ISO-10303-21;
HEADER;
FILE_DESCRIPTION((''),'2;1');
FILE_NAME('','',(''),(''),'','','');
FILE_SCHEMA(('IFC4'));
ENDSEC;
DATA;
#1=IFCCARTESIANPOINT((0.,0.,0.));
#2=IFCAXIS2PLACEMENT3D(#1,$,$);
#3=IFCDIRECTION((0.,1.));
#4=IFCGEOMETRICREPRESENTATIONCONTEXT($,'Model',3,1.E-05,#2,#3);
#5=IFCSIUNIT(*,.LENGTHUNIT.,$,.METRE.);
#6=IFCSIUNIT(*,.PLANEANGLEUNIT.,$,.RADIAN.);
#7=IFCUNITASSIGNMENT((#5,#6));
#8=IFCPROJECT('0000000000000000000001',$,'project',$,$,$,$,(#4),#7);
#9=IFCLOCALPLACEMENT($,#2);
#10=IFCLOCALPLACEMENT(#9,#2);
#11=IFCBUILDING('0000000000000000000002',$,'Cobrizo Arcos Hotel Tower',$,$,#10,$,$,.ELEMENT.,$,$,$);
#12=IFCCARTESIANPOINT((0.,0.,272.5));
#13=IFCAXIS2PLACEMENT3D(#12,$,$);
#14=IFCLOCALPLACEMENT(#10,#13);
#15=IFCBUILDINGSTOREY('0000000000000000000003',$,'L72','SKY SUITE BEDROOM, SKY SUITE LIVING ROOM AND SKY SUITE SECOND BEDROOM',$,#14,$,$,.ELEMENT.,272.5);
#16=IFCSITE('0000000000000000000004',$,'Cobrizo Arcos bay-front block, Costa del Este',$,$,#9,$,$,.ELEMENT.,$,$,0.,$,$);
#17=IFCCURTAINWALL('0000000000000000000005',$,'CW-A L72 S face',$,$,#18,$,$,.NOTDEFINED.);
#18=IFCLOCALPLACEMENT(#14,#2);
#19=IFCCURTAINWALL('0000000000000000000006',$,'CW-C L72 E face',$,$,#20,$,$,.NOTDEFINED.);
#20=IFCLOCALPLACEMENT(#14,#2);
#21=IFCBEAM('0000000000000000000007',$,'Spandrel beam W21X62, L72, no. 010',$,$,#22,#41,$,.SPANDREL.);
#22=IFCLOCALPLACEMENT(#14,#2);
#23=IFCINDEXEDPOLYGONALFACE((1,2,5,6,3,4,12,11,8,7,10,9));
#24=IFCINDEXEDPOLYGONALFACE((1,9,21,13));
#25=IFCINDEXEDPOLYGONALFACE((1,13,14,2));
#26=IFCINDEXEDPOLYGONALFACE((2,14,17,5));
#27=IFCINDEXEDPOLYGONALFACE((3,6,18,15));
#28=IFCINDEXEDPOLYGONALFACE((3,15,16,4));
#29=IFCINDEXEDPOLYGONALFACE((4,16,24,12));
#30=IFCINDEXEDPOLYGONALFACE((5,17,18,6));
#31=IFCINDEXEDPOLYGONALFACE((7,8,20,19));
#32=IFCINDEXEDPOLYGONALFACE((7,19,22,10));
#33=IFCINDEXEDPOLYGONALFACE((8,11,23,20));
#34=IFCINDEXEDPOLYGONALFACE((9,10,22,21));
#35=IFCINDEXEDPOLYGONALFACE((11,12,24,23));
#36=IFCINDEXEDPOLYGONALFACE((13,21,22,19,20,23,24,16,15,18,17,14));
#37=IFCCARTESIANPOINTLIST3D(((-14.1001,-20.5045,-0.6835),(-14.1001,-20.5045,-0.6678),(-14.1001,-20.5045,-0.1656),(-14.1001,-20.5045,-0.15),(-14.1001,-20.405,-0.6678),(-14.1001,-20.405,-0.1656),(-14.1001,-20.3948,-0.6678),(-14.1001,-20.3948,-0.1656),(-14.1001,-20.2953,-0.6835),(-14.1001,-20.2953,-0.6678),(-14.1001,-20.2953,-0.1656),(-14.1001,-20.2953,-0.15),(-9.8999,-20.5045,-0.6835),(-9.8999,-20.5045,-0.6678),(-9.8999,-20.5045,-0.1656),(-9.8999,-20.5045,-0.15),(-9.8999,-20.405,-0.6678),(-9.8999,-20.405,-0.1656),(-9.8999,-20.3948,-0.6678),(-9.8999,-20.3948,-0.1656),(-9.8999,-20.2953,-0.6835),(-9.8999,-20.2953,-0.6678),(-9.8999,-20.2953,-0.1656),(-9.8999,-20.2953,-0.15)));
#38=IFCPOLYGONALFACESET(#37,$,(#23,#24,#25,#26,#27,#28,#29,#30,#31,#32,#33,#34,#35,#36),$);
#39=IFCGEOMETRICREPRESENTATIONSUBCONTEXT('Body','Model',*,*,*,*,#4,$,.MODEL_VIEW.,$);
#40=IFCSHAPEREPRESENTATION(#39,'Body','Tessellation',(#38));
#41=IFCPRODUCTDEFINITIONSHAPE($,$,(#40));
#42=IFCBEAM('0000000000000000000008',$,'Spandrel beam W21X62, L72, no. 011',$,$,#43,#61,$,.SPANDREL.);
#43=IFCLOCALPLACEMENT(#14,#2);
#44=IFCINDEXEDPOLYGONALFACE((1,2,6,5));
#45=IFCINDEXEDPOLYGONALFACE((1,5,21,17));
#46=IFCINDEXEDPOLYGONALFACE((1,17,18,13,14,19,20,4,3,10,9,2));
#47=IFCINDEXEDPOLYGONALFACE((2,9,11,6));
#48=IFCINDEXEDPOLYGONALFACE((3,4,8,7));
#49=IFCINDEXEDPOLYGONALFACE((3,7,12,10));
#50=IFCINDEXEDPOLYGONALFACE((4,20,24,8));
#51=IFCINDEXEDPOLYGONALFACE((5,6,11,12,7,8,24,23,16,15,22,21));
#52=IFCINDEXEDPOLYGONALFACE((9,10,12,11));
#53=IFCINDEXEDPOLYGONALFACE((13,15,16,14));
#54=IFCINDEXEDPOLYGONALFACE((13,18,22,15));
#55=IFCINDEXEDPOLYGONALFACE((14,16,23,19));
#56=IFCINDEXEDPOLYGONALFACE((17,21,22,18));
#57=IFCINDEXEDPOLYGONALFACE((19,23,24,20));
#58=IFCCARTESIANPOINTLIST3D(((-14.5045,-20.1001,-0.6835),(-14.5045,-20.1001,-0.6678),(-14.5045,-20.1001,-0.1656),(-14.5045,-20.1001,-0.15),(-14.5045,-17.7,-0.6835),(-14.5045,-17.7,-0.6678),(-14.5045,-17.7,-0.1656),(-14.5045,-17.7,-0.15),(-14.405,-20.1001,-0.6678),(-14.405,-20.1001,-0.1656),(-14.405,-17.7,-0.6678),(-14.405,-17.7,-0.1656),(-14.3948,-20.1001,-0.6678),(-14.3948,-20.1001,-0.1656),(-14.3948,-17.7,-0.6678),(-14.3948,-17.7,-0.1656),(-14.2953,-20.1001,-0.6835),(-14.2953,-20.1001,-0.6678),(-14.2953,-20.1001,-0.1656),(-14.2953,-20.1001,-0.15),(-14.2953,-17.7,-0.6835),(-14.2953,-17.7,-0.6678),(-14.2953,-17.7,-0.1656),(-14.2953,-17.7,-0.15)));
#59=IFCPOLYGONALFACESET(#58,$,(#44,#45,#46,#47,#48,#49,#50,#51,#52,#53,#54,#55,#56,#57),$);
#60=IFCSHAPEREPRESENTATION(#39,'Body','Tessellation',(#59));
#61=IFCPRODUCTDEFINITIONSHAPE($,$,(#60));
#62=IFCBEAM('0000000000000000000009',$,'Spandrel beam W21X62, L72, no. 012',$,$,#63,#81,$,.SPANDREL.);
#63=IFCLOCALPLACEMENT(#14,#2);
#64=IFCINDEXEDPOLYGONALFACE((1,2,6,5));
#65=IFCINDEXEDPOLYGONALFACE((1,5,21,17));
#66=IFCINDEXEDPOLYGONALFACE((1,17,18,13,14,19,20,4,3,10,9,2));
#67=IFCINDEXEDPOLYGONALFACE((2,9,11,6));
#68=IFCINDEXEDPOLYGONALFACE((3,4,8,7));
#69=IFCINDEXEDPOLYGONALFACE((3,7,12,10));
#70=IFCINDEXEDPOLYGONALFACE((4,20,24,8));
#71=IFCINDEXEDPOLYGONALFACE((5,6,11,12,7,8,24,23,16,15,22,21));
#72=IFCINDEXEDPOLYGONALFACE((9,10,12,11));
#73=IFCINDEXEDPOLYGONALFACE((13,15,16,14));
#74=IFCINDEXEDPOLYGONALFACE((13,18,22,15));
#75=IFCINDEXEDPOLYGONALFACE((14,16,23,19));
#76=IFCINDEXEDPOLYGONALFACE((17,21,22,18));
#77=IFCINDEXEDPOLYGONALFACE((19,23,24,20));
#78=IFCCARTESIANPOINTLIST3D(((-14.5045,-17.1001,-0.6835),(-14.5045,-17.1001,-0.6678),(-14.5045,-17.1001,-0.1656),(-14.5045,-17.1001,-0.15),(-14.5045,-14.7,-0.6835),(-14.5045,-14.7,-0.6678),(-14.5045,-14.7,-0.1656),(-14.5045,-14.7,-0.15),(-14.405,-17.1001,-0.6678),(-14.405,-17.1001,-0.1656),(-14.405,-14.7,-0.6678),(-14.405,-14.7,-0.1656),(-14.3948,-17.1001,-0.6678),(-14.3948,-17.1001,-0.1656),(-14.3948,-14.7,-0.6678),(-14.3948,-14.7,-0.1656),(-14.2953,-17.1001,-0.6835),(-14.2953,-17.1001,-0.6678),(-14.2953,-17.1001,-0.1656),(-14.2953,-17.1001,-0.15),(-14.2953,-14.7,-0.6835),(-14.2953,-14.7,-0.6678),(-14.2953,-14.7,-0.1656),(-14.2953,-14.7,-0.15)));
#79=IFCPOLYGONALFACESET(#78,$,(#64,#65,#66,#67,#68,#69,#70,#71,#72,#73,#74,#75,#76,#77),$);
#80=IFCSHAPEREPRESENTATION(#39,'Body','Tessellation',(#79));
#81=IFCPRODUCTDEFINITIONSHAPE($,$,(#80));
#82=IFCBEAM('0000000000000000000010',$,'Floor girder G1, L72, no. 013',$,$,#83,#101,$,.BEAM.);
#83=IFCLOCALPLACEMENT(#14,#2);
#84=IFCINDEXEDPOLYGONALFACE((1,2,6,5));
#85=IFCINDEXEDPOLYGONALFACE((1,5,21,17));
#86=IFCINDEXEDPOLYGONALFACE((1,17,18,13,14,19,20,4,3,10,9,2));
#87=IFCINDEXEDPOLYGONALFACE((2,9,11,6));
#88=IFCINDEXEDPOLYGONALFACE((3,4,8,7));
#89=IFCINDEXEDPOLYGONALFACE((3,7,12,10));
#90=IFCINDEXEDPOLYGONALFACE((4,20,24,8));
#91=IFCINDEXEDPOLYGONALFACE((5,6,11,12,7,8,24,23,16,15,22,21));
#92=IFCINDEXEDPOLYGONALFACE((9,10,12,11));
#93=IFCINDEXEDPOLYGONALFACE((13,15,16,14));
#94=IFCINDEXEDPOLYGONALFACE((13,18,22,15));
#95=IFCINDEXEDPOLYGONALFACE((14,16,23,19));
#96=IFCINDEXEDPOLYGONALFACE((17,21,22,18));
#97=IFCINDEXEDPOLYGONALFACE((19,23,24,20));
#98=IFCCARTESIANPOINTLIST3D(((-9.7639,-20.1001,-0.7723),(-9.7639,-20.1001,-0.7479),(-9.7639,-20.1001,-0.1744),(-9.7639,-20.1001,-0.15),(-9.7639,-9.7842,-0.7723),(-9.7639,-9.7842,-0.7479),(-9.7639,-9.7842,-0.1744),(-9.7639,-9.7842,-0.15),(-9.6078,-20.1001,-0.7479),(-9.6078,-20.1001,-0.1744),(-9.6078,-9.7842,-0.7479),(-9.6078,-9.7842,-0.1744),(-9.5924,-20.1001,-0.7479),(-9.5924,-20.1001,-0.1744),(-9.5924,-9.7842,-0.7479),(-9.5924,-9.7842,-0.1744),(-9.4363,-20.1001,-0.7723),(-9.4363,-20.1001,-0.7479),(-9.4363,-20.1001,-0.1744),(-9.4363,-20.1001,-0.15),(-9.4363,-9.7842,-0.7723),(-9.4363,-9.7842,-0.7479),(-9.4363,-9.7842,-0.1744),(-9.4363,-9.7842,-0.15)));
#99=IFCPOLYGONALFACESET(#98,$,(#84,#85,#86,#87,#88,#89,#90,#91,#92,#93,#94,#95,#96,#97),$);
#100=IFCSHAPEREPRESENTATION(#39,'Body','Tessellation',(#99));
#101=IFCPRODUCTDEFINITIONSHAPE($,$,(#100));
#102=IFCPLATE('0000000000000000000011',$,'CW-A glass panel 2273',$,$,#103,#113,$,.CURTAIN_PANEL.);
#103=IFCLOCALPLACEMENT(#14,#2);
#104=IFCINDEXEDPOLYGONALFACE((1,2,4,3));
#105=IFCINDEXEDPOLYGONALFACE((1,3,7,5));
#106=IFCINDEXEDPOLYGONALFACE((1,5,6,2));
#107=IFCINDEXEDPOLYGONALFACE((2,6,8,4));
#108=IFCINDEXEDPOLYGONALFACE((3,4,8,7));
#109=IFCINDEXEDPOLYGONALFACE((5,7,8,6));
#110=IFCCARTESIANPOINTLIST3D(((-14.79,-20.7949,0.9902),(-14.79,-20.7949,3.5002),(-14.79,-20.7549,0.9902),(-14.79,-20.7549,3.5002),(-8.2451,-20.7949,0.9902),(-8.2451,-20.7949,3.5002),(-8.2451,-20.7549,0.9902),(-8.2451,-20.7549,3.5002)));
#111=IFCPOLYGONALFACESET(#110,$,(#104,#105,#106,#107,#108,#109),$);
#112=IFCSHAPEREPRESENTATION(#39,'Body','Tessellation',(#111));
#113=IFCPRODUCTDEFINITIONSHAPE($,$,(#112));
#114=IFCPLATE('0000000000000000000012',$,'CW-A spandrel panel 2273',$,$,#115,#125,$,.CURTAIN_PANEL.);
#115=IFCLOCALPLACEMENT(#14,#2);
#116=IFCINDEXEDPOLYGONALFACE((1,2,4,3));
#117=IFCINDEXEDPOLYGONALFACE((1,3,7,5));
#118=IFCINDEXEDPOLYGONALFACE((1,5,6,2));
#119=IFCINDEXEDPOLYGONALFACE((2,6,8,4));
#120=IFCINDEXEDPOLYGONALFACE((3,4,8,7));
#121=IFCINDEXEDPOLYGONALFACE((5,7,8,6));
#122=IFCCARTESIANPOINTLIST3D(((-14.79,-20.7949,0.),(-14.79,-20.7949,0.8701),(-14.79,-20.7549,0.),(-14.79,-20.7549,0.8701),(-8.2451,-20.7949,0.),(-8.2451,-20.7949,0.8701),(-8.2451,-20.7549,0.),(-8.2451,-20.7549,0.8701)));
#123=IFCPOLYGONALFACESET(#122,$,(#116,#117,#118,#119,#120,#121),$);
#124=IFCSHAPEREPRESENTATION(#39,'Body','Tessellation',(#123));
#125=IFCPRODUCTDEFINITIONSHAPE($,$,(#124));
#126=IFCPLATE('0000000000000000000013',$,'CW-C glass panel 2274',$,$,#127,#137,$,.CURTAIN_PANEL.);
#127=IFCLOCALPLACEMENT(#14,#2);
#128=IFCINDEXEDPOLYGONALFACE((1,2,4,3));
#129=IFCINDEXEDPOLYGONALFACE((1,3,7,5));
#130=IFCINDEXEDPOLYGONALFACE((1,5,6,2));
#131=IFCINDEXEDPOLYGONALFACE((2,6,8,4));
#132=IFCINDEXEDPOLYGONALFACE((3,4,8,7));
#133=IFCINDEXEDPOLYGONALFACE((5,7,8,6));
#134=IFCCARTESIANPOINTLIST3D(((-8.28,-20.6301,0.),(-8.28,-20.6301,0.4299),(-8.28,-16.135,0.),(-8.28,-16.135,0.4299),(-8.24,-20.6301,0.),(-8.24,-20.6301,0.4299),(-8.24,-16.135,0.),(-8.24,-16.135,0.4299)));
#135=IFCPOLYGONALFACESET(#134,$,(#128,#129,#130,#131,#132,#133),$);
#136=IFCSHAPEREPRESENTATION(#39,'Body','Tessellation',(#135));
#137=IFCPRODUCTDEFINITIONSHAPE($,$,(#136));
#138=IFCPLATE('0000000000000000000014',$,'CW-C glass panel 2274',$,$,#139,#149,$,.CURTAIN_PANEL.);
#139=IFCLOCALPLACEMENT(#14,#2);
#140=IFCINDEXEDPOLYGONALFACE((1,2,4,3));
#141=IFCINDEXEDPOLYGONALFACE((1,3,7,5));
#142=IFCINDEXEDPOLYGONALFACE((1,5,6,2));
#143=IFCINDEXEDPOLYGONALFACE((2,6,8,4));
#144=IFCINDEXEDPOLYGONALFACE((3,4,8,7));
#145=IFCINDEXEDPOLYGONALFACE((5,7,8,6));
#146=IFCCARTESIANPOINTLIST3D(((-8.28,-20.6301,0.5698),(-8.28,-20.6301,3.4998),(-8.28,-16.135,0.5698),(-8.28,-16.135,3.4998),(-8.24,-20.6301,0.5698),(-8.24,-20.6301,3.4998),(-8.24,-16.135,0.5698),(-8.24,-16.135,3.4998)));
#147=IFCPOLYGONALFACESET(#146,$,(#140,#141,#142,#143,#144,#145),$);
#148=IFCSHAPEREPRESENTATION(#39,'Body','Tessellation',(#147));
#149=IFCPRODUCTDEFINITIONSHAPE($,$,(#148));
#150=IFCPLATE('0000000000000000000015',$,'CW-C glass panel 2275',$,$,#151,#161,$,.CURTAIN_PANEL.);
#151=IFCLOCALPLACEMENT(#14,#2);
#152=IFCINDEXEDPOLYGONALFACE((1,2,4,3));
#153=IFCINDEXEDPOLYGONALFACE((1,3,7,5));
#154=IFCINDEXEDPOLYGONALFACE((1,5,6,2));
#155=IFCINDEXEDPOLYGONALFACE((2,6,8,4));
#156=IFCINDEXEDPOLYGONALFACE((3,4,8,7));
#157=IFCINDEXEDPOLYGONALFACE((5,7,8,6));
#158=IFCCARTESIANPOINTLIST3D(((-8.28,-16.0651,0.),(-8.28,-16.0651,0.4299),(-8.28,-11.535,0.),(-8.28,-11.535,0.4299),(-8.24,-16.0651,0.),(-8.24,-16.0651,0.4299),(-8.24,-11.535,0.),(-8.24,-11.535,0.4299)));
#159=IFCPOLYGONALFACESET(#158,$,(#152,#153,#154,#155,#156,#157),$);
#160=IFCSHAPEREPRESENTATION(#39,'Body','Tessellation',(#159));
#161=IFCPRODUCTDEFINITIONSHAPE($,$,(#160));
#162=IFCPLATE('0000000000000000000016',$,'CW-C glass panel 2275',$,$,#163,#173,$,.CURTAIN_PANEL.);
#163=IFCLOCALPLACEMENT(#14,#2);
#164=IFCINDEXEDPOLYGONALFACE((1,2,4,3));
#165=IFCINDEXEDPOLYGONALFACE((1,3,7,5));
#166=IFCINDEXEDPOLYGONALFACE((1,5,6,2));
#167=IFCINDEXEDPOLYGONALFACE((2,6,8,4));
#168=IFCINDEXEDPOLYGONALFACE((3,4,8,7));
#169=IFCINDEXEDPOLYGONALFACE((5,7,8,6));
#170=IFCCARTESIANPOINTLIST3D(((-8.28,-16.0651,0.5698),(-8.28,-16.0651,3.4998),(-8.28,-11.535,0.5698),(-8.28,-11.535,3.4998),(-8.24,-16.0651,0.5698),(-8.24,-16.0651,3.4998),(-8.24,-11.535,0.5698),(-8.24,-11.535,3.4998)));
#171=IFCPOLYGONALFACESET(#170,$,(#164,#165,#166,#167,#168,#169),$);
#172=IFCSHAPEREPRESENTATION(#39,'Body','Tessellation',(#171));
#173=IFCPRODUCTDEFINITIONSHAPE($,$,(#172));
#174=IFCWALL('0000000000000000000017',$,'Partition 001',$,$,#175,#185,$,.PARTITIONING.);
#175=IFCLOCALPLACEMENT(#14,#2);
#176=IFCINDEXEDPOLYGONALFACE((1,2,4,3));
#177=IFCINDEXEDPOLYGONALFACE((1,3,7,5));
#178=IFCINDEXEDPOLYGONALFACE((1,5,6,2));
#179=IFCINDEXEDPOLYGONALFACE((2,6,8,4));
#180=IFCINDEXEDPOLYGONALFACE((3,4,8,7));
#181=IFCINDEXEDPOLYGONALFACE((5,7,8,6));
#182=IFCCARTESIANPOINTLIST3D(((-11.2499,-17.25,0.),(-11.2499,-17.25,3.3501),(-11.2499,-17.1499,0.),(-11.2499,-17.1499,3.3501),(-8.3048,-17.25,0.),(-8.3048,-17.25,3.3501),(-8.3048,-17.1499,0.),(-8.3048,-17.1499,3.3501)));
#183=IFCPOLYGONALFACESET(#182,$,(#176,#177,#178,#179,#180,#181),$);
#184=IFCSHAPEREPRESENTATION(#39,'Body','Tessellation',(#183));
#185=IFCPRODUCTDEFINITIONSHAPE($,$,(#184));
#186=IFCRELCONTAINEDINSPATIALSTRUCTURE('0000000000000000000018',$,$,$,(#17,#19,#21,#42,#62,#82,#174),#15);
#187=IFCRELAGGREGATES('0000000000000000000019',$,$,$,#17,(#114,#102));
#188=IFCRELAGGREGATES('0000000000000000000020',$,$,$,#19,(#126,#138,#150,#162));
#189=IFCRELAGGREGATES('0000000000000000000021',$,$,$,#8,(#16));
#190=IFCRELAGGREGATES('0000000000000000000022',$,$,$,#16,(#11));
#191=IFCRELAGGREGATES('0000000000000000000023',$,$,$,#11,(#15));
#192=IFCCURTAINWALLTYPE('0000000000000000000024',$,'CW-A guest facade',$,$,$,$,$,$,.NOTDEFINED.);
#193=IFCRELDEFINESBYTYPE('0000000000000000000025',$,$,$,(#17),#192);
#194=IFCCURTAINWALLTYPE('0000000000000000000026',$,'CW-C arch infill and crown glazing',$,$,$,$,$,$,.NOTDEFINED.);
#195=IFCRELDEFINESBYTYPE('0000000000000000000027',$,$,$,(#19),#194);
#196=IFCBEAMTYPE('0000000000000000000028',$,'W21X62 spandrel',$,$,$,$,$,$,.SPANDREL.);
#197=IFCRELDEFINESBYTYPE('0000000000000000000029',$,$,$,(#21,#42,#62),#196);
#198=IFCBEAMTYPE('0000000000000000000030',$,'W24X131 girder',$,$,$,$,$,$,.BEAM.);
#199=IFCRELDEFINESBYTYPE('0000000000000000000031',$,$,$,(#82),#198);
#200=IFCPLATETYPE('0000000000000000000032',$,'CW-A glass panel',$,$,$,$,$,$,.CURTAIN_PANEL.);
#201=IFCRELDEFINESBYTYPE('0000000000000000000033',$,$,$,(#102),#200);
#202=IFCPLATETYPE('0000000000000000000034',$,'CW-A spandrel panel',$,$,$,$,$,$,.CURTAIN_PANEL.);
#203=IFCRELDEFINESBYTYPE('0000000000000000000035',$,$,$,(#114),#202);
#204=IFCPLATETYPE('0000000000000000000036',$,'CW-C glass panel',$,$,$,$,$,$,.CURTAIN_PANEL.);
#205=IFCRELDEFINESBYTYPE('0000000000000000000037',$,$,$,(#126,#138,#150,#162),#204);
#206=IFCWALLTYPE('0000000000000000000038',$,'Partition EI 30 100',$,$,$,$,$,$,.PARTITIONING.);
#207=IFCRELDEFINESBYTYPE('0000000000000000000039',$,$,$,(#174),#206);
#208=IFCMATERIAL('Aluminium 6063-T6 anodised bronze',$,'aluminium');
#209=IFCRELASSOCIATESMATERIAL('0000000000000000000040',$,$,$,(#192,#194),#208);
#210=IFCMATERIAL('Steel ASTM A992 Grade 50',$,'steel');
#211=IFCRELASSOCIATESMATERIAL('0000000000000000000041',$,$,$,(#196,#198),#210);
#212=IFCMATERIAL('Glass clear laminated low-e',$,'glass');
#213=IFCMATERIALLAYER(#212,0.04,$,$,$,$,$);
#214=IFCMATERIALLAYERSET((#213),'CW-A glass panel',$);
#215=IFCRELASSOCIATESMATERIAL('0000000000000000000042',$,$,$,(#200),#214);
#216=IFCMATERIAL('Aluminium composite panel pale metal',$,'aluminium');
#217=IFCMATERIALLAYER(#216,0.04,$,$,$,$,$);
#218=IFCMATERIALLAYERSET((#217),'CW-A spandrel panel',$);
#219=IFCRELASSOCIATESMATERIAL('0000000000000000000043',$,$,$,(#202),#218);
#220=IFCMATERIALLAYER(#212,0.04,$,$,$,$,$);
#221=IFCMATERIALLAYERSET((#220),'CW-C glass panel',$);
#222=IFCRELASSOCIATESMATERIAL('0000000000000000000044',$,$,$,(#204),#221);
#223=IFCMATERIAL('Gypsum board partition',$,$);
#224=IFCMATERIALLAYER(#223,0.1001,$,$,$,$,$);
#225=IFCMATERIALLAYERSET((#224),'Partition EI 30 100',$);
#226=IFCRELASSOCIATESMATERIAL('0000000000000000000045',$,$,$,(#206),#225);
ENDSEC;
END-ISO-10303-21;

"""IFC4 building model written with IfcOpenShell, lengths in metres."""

from ifc_helpers import new_model, si_unit, direction, frame, frame_2d, origin, origin_2d, place, context, subcontext, project, spatial, rectangle, i_section, extrude, material, layer, layer_set, material_profile, profile_set, type_object, element, aggregate, save


model = new_model("IFC4")

# Units and contexts
model_context = context("Model", 3, precision=1e-05, world=origin(), true_north=direction((0.0, 1.0)))
body_context = subcontext(model_context, "Body", "Model", "MODEL_VIEW")
ifc_project = project(units=[si_unit("LENGTHUNIT", "METRE"), si_unit("PLANEANGLEUNIT", "RADIAN")], contexts=[model_context])

# Site, building, storey
site_placement = place(None, origin())
site = spatial("IfcSite", under=ifc_project, at=site_placement, Name="Cobrizo Arcos bay-front block, Costa del Este", CompositionType="ELEMENT", RefElevation=0.0)
building_placement = place(site_placement, origin())
building = spatial("IfcBuilding", under=site, at=building_placement, Name="Cobrizo Arcos Hotel Tower", CompositionType="ELEMENT")
storey_placement = place(building_placement, frame((0.0, 0.0, 272.5)))
storey = spatial("IfcBuildingStorey", under=building, at=storey_placement, Name="L72", Description="SKY SUITE BEDROOM, SKY SUITE LIVING ROOM AND SKY SUITE SECOND BEDROOM", CompositionType="ELEMENT", Elevation=272.5)

# Curtain wall
ifc_material_1 = material(Name="Aluminium 6063-T6 anodised bronze", Category="aluminium")
curtain_wall_type_1 = type_object("IfcCurtainWallType", Name="CW-A guest facade", PredefinedType="NOTDEFINED", material=ifc_material_1)
curtain_wall_1_placement = place(storey_placement, origin())
curtain_wall_1 = element("IfcCurtainWall", 1, at=curtain_wall_1_placement, inside=storey, type_object=curtain_wall_type_1, Name="CW-A L72 S face", PredefinedType="NOTDEFINED")

# Curtain wall
curtain_wall_type_2 = type_object("IfcCurtainWallType", Name="CW-C arch infill and crown glazing", PredefinedType="NOTDEFINED", material=ifc_material_1)
curtain_wall_2_placement = place(storey_placement, origin())
curtain_wall_2 = element("IfcCurtainWall", 2, at=curtain_wall_2_placement, inside=storey, type_object=curtain_wall_type_2, Name="CW-C L72 E face", PredefinedType="NOTDEFINED")

# Beams
ifc_material_2 = material(Name="Steel ASTM A992 Grade 50", Category="steel")
ifc_material_profile_1 = material_profile(ifc_material_2, i_section(OverallWidth=0.2092, OverallDepth=0.5334, WebThickness=0.0103, FlangeThickness=0.0156, at=origin_2d()), Name="W21X62")
ifc_profile_set_1 = profile_set([ifc_material_profile_1], Name="Steel ASTM A992 Grade 50")
beam_type_1 = type_object("IfcBeamType", Name="W21X62 spandrel", PredefinedType="SPANDREL", material=ifc_profile_set_1)
beam_1_placement = place(storey_placement, frame((-9.8999, -20.3999, -0.4167), z_axis=(-1.0, 0.0, 0.0), x_axis=(0.0, -1.0, 0.0)))
element("IfcBeam", 3, at=beam_1_placement, inside=storey, type_object=beam_type_1, Name="Spandrel beam W21X62, L72, no. 010", PredefinedType="SPANDREL", context=body_context, shape_type="SweptSolid", body=[
    extrude(i_section(OverallWidth=0.2092, OverallDepth=0.5334, WebThickness=0.0103, FlangeThickness=0.0156, at=origin_2d()), origin(), (0.0, 0.0, 1.0), 4.2002),
])
for number, where, z_axis, x_axis, name in (
    (4, (-14.3999, -20.1001, -0.4167), (0.0, 1.0, 0.0), (-1.0, 0.0, 0.0), "Spandrel beam W21X62, L72, no. 011"),
    (5, (-14.3999, -17.1001, -0.4167), (0.0, 1.0, 0.0), (-1.0, 0.0, 0.0), "Spandrel beam W21X62, L72, no. 012"),
):
    element("IfcBeam", number, at=place(storey_placement, frame(where, z_axis=z_axis, x_axis=x_axis)), inside=storey, type_object=beam_type_1, Name=name, PredefinedType="SPANDREL", context=body_context, shape_type="SweptSolid", body=[
        extrude(i_section(OverallWidth=0.2092, OverallDepth=0.5334, WebThickness=0.0103, FlangeThickness=0.0156, at=origin_2d()), origin(), (0.0, 0.0, 1.0), 2.4001),
    ])
ifc_material_profile_2 = material_profile(ifc_material_2, i_section(OverallWidth=0.3276, OverallDepth=0.6223, WebThickness=0.0154, FlangeThickness=0.0244, at=origin_2d()), Name="W24X131")
ifc_profile_set_2 = profile_set([ifc_material_profile_2], Name="Steel ASTM A992 Grade 50")
beam_type_2 = type_object("IfcBeamType", Name="W24X131 girder", PredefinedType="BEAM", material=ifc_profile_set_2)
beam_2_placement = place(storey_placement, frame((-9.6001, -20.1001, -0.4612), z_axis=(0.0, 1.0, 0.0), x_axis=(-1.0, 0.0, 0.0)))
element("IfcBeam", 6, at=beam_2_placement, inside=storey, type_object=beam_type_2, Name="Floor girder G1, L72, no. 013", PredefinedType="BEAM", context=body_context, shape_type="SweptSolid", body=[
    extrude(i_section(OverallWidth=0.3276, OverallDepth=0.6223, WebThickness=0.0154, FlangeThickness=0.0244, at=origin_2d()), origin(), (0.0, 0.0, 1.0), 10.3159),
])

# Plates
ifc_material_3 = material(Name="Glass clear laminated low-e", Category="glass")
ifc_layer_1 = layer(ifc_material_3, 0.04)
ifc_layer_set_1 = layer_set([ifc_layer_1], Name="CW-A glass panel")
plate_type_1 = type_object("IfcPlateType", Name="CW-A glass panel", PredefinedType="CURTAIN_PANEL", material=ifc_layer_set_1)
plate_1_placement = place(storey_placement, frame((-11.5176, -20.7749, 0.9902), z_axis=(0.0, 0.0, 1.0), x_axis=(1.0, 0.0, 0.0)))
plate_1 = element("IfcPlate", 7, at=plate_1_placement, type_object=plate_type_1, Name="CW-A glass panel 2273", PredefinedType="CURTAIN_PANEL", context=body_context, shape_type="SweptSolid", body=[
    extrude(rectangle(XDim=6.5449, YDim=0.04, at=origin_2d()), origin(), (0.0, 0.0, 1.0), 2.51),
])
ifc_material_4 = material(Name="Aluminium composite panel pale metal", Category="aluminium")
ifc_layer_2 = layer(ifc_material_4, 0.04)
ifc_layer_set_2 = layer_set([ifc_layer_2], Name="CW-A spandrel panel")
plate_type_2 = type_object("IfcPlateType", Name="CW-A spandrel panel", PredefinedType="CURTAIN_PANEL", material=ifc_layer_set_2)
plate_2_placement = place(storey_placement, frame((-11.5176, -20.7749, 0.0), z_axis=(0.0, 0.0, 1.0), x_axis=(1.0, 0.0, 0.0)))
plate_2 = element("IfcPlate", 8, at=plate_2_placement, type_object=plate_type_2, Name="CW-A spandrel panel 2273", PredefinedType="CURTAIN_PANEL", context=body_context, shape_type="SweptSolid", body=[
    extrude(rectangle(XDim=6.5449, YDim=0.04, at=origin_2d()), origin(), (0.0, 0.0, 1.0), 0.8701),
])
aggregate(curtain_wall_1, [plate_2, plate_1])
ifc_layer_3 = layer(ifc_material_3, 0.04)
ifc_layer_set_3 = layer_set([ifc_layer_3], Name="CW-C glass panel")
plate_type_3 = type_object("IfcPlateType", Name="CW-C glass panel", PredefinedType="CURTAIN_PANEL", material=ifc_layer_set_3)
plate_3_placement = place(storey_placement, frame((-8.26, -18.3826, 0.0), z_axis=(0.0, 0.0, 1.0), x_axis=(0.0, 1.0, 0.0)))
plate_3 = element("IfcPlate", 9, at=plate_3_placement, type_object=plate_type_3, Name="CW-C glass panel 2274", PredefinedType="CURTAIN_PANEL", context=body_context, shape_type="SweptSolid", body=[
    extrude(rectangle(XDim=4.4951, YDim=0.04, at=origin_2d()), origin(), (0.0, 0.0, 1.0), 0.4299),
])
plate_4_placement = place(storey_placement, frame((-8.26, -18.3826, 0.5698), z_axis=(0.0, 0.0, 1.0), x_axis=(0.0, 1.0, 0.0)))
plate_4 = element("IfcPlate", 10, at=plate_4_placement, type_object=plate_type_3, Name="CW-C glass panel 2274", PredefinedType="CURTAIN_PANEL", context=body_context, shape_type="SweptSolid", body=[
    extrude(rectangle(XDim=4.4951, YDim=0.04, at=origin_2d()), origin(), (0.0, 0.0, 1.0), 2.9299),
])
plate_5_placement = place(storey_placement, frame((-8.26, -13.8, 0.0), z_axis=(0.0, 0.0, 1.0), x_axis=(0.0, 1.0, 0.0)))
plate_5 = element("IfcPlate", 11, at=plate_5_placement, type_object=plate_type_3, Name="CW-C glass panel 2275", PredefinedType="CURTAIN_PANEL", context=body_context, shape_type="SweptSolid", body=[
    extrude(rectangle(XDim=4.53, YDim=0.04, at=origin_2d()), origin(), (0.0, 0.0, 1.0), 0.4299),
])
plate_6_placement = place(storey_placement, frame((-8.26, -13.8, 0.5698), z_axis=(0.0, 0.0, 1.0), x_axis=(0.0, 1.0, 0.0)))
plate_6 = element("IfcPlate", 12, at=plate_6_placement, type_object=plate_type_3, Name="CW-C glass panel 2275", PredefinedType="CURTAIN_PANEL", context=body_context, shape_type="SweptSolid", body=[
    extrude(rectangle(XDim=4.53, YDim=0.04, at=origin_2d()), origin(), (0.0, 0.0, 1.0), 2.9299),
])
aggregate(curtain_wall_2, [plate_3, plate_4, plate_5, plate_6])

# Wall
ifc_material_5 = material(Name="Gypsum board partition")
ifc_layer_4 = layer(ifc_material_5, 0.1001)
ifc_layer_set_4 = layer_set([ifc_layer_4], Name="Partition EI 30 100")
wall_type = type_object("IfcWallType", Name="Partition EI 30 100", PredefinedType="PARTITIONING", material=ifc_layer_set_4)
wall_1_placement = place(storey_placement, frame((-11.25, -17.2, 0.0), z_axis=(0.0, 0.0, 1.0), x_axis=(1.0, 0.0, 0.0)))
element("IfcWall", 13, at=wall_1_placement, inside=storey, type_object=wall_type, Name="Partition 001", PredefinedType="PARTITIONING", context=body_context, shape_type="SweptSolid", body=[
    extrude(rectangle(XDim=2.9451, YDim=0.1001, at=frame_2d((1.4727, 0.0))), origin(), (0.0, 0.0, 1.0), 3.3501),
])

save(model, "model.ifc")
